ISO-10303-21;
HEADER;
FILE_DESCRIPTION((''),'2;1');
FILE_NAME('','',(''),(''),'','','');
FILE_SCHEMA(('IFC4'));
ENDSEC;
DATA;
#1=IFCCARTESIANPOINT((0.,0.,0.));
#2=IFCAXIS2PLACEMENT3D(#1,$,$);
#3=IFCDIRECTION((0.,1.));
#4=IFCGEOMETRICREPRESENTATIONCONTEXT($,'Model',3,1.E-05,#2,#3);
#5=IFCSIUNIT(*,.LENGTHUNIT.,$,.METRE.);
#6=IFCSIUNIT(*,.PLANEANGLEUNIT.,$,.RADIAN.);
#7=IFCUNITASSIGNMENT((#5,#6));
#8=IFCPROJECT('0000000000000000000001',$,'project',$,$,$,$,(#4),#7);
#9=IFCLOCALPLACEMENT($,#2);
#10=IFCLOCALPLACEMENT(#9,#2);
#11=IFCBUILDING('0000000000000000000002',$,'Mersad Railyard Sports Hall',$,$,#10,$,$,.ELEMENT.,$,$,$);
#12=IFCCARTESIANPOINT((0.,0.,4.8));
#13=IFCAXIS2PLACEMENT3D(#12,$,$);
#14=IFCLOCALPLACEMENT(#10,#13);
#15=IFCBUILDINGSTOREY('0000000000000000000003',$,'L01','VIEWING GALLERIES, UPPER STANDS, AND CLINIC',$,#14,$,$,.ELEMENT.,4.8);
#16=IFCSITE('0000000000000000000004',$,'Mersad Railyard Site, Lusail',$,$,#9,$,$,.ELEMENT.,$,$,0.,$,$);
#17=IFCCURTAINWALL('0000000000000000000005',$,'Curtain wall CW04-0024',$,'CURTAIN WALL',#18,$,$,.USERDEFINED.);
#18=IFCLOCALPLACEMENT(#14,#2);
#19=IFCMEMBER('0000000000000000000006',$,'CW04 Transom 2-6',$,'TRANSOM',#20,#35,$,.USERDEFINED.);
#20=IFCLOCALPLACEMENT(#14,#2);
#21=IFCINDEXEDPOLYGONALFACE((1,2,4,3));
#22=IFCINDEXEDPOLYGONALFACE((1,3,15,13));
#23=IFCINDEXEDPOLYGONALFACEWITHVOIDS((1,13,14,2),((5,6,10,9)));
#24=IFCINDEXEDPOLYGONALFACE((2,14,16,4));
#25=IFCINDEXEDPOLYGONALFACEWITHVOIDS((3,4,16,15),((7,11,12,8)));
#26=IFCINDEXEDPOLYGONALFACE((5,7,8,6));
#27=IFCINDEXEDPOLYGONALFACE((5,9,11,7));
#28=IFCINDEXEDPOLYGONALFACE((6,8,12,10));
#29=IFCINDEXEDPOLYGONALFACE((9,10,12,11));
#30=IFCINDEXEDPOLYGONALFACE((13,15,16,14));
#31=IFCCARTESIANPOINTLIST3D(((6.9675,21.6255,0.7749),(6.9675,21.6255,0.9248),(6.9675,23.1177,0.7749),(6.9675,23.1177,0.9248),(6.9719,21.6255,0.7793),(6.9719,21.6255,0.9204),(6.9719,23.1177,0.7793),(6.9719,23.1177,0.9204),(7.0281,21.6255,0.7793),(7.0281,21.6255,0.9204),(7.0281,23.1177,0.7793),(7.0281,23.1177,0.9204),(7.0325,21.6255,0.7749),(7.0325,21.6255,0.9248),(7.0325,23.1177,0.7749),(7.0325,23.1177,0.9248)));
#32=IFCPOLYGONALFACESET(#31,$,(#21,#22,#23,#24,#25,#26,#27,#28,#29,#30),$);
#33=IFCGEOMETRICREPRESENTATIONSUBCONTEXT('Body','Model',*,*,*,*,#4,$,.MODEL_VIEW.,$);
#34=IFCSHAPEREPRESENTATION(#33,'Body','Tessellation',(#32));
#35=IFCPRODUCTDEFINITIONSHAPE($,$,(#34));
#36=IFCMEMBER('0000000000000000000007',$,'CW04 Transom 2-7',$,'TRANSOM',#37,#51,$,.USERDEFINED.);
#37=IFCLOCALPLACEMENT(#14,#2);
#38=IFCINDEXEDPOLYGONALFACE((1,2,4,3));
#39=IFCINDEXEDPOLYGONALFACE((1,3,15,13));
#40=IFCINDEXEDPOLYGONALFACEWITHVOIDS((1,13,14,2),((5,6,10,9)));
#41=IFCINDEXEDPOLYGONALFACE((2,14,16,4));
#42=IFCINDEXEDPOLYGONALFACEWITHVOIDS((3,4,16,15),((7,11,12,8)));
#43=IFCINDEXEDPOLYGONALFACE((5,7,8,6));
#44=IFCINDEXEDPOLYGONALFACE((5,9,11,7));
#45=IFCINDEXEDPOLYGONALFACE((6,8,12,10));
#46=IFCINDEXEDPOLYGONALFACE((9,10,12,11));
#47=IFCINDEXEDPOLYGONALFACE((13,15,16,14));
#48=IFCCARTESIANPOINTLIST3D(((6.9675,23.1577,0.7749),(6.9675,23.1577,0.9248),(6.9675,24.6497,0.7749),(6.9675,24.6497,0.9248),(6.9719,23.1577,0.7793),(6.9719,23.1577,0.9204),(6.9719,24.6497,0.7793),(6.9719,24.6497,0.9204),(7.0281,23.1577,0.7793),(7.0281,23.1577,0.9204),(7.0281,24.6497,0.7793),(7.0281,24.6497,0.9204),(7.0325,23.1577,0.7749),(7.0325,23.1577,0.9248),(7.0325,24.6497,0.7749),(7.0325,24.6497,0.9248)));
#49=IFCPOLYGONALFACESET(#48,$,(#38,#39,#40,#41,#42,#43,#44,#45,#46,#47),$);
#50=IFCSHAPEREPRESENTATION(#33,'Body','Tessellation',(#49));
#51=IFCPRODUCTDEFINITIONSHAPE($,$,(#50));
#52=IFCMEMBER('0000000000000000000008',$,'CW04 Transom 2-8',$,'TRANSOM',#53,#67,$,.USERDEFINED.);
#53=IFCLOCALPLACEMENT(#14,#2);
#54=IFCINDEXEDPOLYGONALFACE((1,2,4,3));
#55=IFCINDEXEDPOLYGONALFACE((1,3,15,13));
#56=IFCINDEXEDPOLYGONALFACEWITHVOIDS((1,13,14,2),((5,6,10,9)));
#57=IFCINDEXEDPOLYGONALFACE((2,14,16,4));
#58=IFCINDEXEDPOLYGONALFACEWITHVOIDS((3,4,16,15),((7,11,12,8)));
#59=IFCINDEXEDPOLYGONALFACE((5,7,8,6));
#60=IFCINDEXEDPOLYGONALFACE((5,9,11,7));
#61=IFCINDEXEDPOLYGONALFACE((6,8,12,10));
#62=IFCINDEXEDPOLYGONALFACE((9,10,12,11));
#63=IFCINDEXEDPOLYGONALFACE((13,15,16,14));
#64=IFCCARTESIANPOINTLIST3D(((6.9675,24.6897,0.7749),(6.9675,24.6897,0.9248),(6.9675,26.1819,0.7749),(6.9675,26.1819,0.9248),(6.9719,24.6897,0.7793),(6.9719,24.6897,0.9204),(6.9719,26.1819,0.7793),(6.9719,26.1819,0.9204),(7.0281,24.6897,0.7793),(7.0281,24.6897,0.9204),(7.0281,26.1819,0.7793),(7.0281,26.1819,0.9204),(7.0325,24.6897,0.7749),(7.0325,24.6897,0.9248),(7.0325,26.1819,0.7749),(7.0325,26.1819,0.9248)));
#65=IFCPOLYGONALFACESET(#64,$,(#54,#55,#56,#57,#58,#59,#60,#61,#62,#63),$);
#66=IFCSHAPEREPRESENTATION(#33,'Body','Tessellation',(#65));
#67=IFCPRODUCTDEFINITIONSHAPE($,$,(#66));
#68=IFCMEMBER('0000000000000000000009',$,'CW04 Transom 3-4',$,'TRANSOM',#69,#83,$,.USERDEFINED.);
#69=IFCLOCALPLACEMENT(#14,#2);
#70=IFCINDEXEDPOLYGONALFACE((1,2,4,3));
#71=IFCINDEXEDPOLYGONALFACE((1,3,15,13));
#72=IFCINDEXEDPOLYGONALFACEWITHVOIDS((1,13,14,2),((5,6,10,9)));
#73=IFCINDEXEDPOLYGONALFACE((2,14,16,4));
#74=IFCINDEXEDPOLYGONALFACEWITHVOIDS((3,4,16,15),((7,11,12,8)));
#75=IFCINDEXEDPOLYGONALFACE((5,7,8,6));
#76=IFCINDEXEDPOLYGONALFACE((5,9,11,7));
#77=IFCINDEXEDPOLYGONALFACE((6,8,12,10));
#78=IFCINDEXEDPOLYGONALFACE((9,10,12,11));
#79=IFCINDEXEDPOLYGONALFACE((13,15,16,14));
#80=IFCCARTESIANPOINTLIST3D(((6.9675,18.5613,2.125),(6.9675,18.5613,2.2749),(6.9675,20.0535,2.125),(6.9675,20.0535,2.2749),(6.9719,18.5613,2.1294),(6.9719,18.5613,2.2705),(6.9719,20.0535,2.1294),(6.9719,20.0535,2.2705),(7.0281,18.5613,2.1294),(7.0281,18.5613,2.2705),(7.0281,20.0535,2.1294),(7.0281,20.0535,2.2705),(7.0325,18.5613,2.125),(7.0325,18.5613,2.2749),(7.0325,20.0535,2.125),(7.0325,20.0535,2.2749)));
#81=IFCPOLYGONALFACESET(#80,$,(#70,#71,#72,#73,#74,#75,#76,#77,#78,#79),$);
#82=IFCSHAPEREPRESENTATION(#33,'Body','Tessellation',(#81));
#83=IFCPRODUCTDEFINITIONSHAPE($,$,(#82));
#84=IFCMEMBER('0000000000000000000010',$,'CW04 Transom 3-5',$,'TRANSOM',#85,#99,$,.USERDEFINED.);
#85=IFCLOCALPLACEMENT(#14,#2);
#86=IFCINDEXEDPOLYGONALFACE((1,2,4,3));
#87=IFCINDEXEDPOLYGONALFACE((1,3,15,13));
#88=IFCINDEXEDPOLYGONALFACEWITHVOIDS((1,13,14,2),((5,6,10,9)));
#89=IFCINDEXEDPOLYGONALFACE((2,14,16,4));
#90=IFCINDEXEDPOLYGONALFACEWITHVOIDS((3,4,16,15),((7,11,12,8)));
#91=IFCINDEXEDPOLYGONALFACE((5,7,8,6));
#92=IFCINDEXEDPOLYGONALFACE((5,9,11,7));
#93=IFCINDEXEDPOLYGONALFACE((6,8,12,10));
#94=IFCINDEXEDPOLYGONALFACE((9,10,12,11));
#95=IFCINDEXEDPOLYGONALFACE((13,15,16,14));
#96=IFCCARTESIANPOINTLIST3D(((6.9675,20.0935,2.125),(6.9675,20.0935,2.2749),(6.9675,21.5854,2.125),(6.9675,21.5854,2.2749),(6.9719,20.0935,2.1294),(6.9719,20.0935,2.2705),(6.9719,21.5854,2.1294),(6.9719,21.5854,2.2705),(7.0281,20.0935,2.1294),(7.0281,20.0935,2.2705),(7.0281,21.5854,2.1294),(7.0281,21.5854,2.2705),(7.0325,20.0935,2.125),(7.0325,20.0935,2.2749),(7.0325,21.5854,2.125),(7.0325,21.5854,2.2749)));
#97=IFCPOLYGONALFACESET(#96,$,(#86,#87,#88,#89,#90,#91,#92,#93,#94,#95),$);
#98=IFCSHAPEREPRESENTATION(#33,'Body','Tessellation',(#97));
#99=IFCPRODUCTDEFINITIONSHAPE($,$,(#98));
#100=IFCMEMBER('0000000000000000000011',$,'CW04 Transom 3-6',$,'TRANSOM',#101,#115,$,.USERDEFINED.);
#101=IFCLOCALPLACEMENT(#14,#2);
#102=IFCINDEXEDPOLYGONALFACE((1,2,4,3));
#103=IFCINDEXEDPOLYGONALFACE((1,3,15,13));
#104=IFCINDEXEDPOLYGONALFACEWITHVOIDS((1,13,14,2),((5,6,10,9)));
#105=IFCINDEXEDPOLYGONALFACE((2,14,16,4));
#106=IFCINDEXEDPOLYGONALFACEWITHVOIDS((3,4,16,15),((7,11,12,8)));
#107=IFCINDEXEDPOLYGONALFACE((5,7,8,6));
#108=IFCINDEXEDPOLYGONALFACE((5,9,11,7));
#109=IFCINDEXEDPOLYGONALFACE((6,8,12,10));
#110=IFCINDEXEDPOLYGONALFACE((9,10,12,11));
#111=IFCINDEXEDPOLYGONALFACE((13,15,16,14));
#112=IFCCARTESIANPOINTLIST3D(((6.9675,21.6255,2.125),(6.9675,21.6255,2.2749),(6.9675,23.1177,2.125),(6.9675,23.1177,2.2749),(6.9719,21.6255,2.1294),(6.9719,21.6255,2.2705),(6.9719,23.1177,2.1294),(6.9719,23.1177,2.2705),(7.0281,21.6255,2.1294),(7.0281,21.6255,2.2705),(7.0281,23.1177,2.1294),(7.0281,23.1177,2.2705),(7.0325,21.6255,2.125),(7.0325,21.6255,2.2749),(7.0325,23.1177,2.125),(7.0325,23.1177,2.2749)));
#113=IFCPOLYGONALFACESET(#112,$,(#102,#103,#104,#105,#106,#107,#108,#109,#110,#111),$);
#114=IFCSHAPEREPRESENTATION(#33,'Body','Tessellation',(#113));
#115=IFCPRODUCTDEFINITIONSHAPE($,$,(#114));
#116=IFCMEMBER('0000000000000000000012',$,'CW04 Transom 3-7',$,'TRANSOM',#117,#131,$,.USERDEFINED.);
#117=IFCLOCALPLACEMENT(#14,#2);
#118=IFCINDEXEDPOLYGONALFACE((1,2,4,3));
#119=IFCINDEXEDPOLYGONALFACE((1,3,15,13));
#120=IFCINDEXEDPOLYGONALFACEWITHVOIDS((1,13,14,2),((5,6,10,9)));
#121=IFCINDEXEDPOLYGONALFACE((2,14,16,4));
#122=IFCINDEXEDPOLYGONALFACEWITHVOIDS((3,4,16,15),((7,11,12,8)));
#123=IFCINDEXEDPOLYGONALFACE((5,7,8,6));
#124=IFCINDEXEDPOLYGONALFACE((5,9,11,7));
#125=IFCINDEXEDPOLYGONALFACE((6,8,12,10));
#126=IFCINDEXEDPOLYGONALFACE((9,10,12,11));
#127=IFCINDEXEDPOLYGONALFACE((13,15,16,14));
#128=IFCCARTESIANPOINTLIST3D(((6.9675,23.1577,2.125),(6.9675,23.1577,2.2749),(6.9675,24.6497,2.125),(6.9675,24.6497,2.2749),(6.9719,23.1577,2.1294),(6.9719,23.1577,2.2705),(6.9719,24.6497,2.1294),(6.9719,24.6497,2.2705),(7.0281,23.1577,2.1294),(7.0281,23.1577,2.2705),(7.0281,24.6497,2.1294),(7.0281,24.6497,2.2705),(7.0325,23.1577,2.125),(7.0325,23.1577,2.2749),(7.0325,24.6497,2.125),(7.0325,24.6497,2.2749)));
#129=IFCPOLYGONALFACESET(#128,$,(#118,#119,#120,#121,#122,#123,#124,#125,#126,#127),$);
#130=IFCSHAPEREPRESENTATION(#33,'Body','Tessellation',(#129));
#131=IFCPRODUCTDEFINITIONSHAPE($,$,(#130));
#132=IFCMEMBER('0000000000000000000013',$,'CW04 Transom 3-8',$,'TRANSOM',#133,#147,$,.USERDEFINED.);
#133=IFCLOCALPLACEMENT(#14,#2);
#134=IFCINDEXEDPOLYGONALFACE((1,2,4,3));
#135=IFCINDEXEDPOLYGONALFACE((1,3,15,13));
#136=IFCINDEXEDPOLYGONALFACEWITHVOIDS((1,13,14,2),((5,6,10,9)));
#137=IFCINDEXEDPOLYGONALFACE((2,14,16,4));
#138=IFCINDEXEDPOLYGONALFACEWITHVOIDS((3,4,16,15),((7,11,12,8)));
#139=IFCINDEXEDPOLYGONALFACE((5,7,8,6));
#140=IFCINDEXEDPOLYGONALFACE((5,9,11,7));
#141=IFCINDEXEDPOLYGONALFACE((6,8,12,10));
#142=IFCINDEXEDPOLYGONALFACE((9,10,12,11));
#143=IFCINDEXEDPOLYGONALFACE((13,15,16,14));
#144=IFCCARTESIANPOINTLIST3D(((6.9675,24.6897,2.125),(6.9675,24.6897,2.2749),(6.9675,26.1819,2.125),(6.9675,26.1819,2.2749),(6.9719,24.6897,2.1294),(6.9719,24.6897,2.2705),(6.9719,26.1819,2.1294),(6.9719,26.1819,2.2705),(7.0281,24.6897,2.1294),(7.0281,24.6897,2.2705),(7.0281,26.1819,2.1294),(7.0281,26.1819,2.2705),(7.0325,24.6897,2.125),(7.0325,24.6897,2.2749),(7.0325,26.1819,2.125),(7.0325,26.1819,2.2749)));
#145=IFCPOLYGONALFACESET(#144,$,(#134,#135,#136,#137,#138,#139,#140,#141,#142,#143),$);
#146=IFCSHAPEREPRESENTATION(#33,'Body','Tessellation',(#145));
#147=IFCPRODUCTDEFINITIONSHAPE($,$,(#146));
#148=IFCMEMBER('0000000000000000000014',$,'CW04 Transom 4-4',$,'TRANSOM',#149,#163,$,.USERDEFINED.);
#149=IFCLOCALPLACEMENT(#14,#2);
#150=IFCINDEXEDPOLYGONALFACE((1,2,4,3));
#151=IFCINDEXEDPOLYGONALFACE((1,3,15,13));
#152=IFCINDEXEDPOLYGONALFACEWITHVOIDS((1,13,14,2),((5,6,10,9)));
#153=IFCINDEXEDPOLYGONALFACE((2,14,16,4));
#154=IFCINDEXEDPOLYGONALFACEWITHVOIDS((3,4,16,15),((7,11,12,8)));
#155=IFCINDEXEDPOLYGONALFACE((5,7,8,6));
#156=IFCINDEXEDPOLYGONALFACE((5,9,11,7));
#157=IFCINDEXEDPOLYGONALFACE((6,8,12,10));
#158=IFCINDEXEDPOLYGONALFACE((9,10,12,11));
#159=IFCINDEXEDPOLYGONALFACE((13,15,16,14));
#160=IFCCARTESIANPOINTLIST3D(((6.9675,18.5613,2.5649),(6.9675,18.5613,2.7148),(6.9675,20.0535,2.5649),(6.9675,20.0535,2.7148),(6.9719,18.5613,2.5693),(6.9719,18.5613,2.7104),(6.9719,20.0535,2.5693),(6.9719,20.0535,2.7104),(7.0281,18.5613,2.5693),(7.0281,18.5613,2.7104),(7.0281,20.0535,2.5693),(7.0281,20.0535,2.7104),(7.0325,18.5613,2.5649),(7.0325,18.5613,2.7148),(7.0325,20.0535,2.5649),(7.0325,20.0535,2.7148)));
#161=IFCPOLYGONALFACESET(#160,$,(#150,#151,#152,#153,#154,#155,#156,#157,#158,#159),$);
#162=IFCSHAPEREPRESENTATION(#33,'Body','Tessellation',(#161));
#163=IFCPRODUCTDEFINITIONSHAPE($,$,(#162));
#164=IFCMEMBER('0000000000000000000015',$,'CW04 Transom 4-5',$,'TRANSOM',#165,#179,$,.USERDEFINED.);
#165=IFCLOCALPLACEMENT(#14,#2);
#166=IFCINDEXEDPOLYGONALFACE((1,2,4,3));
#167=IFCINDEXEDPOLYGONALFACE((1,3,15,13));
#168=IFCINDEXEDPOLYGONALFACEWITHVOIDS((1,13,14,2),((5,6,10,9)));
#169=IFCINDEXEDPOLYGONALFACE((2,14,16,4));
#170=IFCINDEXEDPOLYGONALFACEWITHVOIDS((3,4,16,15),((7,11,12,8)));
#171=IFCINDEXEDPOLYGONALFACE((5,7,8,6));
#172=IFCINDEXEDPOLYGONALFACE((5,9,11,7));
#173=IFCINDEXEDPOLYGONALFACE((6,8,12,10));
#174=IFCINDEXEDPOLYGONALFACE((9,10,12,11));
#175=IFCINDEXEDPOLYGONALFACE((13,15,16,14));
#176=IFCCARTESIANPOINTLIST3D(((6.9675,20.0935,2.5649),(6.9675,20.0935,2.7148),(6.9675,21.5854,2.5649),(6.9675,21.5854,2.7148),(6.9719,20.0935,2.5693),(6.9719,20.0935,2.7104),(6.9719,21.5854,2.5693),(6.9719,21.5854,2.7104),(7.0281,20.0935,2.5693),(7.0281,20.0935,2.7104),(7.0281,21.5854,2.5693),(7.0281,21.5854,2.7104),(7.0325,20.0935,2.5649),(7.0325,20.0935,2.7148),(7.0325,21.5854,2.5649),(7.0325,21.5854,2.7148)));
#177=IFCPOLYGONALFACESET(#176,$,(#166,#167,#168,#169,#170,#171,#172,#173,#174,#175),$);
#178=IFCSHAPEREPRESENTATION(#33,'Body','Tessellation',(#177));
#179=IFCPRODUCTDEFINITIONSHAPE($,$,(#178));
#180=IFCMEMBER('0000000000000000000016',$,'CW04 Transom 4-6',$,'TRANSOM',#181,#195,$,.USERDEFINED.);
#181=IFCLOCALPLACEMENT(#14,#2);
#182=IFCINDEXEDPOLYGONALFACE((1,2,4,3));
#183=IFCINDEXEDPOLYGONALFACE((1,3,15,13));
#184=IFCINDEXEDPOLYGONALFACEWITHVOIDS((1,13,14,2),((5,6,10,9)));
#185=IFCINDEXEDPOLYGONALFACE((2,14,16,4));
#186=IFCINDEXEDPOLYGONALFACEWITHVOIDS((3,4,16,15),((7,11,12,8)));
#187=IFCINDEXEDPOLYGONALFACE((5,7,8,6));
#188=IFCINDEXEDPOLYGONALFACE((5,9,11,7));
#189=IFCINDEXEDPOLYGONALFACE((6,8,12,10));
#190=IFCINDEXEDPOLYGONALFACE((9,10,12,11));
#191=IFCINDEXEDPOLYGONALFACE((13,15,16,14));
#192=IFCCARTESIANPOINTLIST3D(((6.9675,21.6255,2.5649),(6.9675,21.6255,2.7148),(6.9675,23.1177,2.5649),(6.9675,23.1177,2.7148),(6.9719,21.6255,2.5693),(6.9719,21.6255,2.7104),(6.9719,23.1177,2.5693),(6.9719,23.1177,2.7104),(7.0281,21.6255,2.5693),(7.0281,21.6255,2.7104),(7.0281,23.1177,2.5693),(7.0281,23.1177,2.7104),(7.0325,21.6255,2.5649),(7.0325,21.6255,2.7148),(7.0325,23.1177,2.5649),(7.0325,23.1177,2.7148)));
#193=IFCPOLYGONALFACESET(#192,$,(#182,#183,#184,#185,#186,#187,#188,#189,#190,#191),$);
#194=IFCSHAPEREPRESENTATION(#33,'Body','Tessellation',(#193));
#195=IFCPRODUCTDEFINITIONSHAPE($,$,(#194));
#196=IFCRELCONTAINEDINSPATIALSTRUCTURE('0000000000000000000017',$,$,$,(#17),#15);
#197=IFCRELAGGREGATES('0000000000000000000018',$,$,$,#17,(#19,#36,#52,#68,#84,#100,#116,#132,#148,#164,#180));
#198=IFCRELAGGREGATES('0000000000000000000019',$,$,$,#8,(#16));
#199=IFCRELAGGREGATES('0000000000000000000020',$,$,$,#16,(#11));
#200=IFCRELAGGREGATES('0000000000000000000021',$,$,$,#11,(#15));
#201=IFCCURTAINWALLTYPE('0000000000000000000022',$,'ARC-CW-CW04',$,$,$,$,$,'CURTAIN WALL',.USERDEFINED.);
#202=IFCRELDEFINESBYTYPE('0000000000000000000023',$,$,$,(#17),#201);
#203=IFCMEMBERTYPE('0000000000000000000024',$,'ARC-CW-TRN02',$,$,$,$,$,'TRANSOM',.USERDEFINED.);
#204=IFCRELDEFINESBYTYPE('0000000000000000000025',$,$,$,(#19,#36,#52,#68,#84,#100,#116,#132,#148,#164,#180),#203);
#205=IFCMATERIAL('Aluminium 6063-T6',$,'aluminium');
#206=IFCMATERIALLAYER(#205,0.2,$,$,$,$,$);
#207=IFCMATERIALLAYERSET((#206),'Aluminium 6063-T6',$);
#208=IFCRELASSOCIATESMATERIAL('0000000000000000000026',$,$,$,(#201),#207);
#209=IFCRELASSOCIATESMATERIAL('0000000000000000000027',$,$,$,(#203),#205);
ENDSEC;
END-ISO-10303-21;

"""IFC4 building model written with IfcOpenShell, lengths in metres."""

from ifc_helpers import new_model, si_unit, direction, frame, origin, origin_2d, place, context, subcontext, project, spatial, hollow_rectangle, extrude, material, layer, layer_set, material_profile, profile_set, type_object, element, aggregate, save


model = new_model("IFC4")

# Units and contexts
model_context = context("Model", 3, precision=1e-05, world=origin(), true_north=direction((0.0, 1.0)))
body_context = subcontext(model_context, "Body", "Model", "MODEL_VIEW")
ifc_project = project(units=[si_unit("LENGTHUNIT", "METRE"), si_unit("PLANEANGLEUNIT", "RADIAN")], contexts=[model_context])

# Site, building, storey
site_placement = place(None, origin())
site = spatial("IfcSite", under=ifc_project, at=site_placement, Name="Mersad Railyard Site, Lusail", CompositionType="ELEMENT", RefElevation=0.0)
building_placement = place(site_placement, origin())
building = spatial("IfcBuilding", under=site, at=building_placement, Name="Mersad Railyard Sports Hall", CompositionType="ELEMENT")
storey_placement = place(building_placement, frame((0.0, 0.0, 4.8)))
storey = spatial("IfcBuildingStorey", under=building, at=storey_placement, Name="L01", Description="VIEWING GALLERIES, UPPER STANDS, AND CLINIC", CompositionType="ELEMENT", Elevation=4.8)

# Curtain wall, members
ifc_material_1 = material(Name="Aluminium 6063-T6", Category="aluminium")
ifc_layer_1 = layer(ifc_material_1, 0.2)
ifc_layer_set_1 = layer_set([ifc_layer_1], Name="Aluminium 6063-T6")
curtain_wall_type = type_object("IfcCurtainWallType", Name="ARC-CW-CW04", ElementType="CURTAIN WALL", PredefinedType="USERDEFINED", material=ifc_layer_set_1)
curtain_wall_placement = place(storey_placement, origin())
curtain_wall = element("IfcCurtainWall", 1, at=curtain_wall_placement, inside=storey, type_object=curtain_wall_type, Name="Curtain wall CW04-0024", ObjectType="CURTAIN WALL", PredefinedType="USERDEFINED")
ifc_material_profile_1 = material_profile(ifc_material_1, hollow_rectangle(XDim=0.0649, YDim=0.1499, WallThickness=0.0044, at=origin_2d()), Name="AL TRANSOM 65x150x4.5")
ifc_profile_set_1 = profile_set([ifc_material_profile_1], Name="Aluminium 6063-T6")
member_type_1 = type_object("IfcMemberType", Name="ARC-CW-TRN02", ElementType="TRANSOM", PredefinedType="USERDEFINED", material=ifc_profile_set_1)
member_1_placement = place(storey_placement, frame((7.0, 21.6255, 0.8499), z_axis=(0.0, 1.0, 0.0), x_axis=(-1.0, 0.0, 0.0)))
member_1 = element("IfcMember", 2, at=member_1_placement, type_object=member_type_1, Name="CW04 Transom 2-6", ObjectType="TRANSOM", PredefinedType="USERDEFINED", context=body_context, shape_type="SweptSolid", body=[
    extrude(hollow_rectangle(XDim=0.0649, YDim=0.1499, WallThickness=0.0044, at=origin_2d()), origin(), (0.0, 0.0, 1.0), 1.4922),
])
member_2_placement = place(storey_placement, frame((7.0, 23.1577, 0.8499), z_axis=(0.0, 1.0, 0.0), x_axis=(-1.0, 0.0, 0.0)))
member_2 = element("IfcMember", 3, at=member_2_placement, type_object=member_type_1, Name="CW04 Transom 2-7", ObjectType="TRANSOM", PredefinedType="USERDEFINED", context=body_context, shape_type="SweptSolid", body=[
    extrude(hollow_rectangle(XDim=0.0649, YDim=0.1499, WallThickness=0.0044, at=origin_2d()), origin(), (0.0, 0.0, 1.0), 1.4919),
])
member_3_placement = place(storey_placement, frame((7.0, 24.6897, 0.8499), z_axis=(0.0, 1.0, 0.0), x_axis=(-1.0, 0.0, 0.0)))
member_3 = element("IfcMember", 4, at=member_3_placement, type_object=member_type_1, Name="CW04 Transom 2-8", ObjectType="TRANSOM", PredefinedType="USERDEFINED", context=body_context, shape_type="SweptSolid", body=[
    extrude(hollow_rectangle(XDim=0.0649, YDim=0.1499, WallThickness=0.0044, at=origin_2d()), origin(), (0.0, 0.0, 1.0), 1.4922),
])
member_4_placement = place(storey_placement, frame((7.0, 18.5613, 2.2), z_axis=(0.0, 1.0, 0.0), x_axis=(-1.0, 0.0, 0.0)))
member_4 = element("IfcMember", 5, at=member_4_placement, type_object=member_type_1, Name="CW04 Transom 3-4", ObjectType="TRANSOM", PredefinedType="USERDEFINED", context=body_context, shape_type="SweptSolid", body=[
    extrude(hollow_rectangle(XDim=0.0649, YDim=0.1499, WallThickness=0.0044, at=origin_2d()), origin(), (0.0, 0.0, 1.0), 1.4922),
])
member_5_placement = place(storey_placement, frame((7.0, 20.0935, 2.2), z_axis=(0.0, 1.0, 0.0), x_axis=(-1.0, 0.0, 0.0)))
member_5 = element("IfcMember", 6, at=member_5_placement, type_object=member_type_1, Name="CW04 Transom 3-5", ObjectType="TRANSOM", PredefinedType="USERDEFINED", context=body_context, shape_type="SweptSolid", body=[
    extrude(hollow_rectangle(XDim=0.0649, YDim=0.1499, WallThickness=0.0044, at=origin_2d()), origin(), (0.0, 0.0, 1.0), 1.4919),
])
member_6_placement = place(storey_placement, frame((7.0, 21.6255, 2.2), z_axis=(0.0, 1.0, 0.0), x_axis=(-1.0, 0.0, 0.0)))
member_6 = element("IfcMember", 7, at=member_6_placement, type_object=member_type_1, Name="CW04 Transom 3-6", ObjectType="TRANSOM", PredefinedType="USERDEFINED", context=body_context, shape_type="SweptSolid", body=[
    extrude(hollow_rectangle(XDim=0.0649, YDim=0.1499, WallThickness=0.0044, at=origin_2d()), origin(), (0.0, 0.0, 1.0), 1.4922),
])
member_7_placement = place(storey_placement, frame((7.0, 23.1577, 2.2), z_axis=(0.0, 1.0, 0.0), x_axis=(-1.0, 0.0, 0.0)))
member_7 = element("IfcMember", 8, at=member_7_placement, type_object=member_type_1, Name="CW04 Transom 3-7", ObjectType="TRANSOM", PredefinedType="USERDEFINED", context=body_context, shape_type="SweptSolid", body=[
    extrude(hollow_rectangle(XDim=0.0649, YDim=0.1499, WallThickness=0.0044, at=origin_2d()), origin(), (0.0, 0.0, 1.0), 1.4919),
])
member_8_placement = place(storey_placement, frame((7.0, 24.6897, 2.2), z_axis=(0.0, 1.0, 0.0), x_axis=(-1.0, 0.0, 0.0)))
member_8 = element("IfcMember", 9, at=member_8_placement, type_object=member_type_1, Name="CW04 Transom 3-8", ObjectType="TRANSOM", PredefinedType="USERDEFINED", context=body_context, shape_type="SweptSolid", body=[
    extrude(hollow_rectangle(XDim=0.0649, YDim=0.1499, WallThickness=0.0044, at=origin_2d()), origin(), (0.0, 0.0, 1.0), 1.4922),
])
member_9_placement = place(storey_placement, frame((7.0, 18.5613, 2.6399), z_axis=(0.0, 1.0, 0.0), x_axis=(-1.0, 0.0, 0.0)))
member_9 = element("IfcMember", 10, at=member_9_placement, type_object=member_type_1, Name="CW04 Transom 4-4", ObjectType="TRANSOM", PredefinedType="USERDEFINED", context=body_context, shape_type="SweptSolid", body=[
    extrude(hollow_rectangle(XDim=0.0649, YDim=0.1499, WallThickness=0.0044, at=origin_2d()), origin(), (0.0, 0.0, 1.0), 1.4922),
])
member_10_placement = place(storey_placement, frame((7.0, 20.0935, 2.6399), z_axis=(0.0, 1.0, 0.0), x_axis=(-1.0, 0.0, 0.0)))
member_10 = element("IfcMember", 11, at=member_10_placement, type_object=member_type_1, Name="CW04 Transom 4-5", ObjectType="TRANSOM", PredefinedType="USERDEFINED", context=body_context, shape_type="SweptSolid", body=[
    extrude(hollow_rectangle(XDim=0.0649, YDim=0.1499, WallThickness=0.0044, at=origin_2d()), origin(), (0.0, 0.0, 1.0), 1.4919),
])
member_11_placement = place(storey_placement, frame((7.0, 21.6255, 2.6399), z_axis=(0.0, 1.0, 0.0), x_axis=(-1.0, 0.0, 0.0)))
member_11 = element("IfcMember", 12, at=member_11_placement, type_object=member_type_1, Name="CW04 Transom 4-6", ObjectType="TRANSOM", PredefinedType="USERDEFINED", context=body_context, shape_type="SweptSolid", body=[
    extrude(hollow_rectangle(XDim=0.0649, YDim=0.1499, WallThickness=0.0044, at=origin_2d()), origin(), (0.0, 0.0, 1.0), 1.4922),
])
aggregate(curtain_wall, [member_1, member_2, member_3, member_4, member_5, member_6, member_7, member_8, member_9, member_10, member_11])

save(model, "model.ifc")
